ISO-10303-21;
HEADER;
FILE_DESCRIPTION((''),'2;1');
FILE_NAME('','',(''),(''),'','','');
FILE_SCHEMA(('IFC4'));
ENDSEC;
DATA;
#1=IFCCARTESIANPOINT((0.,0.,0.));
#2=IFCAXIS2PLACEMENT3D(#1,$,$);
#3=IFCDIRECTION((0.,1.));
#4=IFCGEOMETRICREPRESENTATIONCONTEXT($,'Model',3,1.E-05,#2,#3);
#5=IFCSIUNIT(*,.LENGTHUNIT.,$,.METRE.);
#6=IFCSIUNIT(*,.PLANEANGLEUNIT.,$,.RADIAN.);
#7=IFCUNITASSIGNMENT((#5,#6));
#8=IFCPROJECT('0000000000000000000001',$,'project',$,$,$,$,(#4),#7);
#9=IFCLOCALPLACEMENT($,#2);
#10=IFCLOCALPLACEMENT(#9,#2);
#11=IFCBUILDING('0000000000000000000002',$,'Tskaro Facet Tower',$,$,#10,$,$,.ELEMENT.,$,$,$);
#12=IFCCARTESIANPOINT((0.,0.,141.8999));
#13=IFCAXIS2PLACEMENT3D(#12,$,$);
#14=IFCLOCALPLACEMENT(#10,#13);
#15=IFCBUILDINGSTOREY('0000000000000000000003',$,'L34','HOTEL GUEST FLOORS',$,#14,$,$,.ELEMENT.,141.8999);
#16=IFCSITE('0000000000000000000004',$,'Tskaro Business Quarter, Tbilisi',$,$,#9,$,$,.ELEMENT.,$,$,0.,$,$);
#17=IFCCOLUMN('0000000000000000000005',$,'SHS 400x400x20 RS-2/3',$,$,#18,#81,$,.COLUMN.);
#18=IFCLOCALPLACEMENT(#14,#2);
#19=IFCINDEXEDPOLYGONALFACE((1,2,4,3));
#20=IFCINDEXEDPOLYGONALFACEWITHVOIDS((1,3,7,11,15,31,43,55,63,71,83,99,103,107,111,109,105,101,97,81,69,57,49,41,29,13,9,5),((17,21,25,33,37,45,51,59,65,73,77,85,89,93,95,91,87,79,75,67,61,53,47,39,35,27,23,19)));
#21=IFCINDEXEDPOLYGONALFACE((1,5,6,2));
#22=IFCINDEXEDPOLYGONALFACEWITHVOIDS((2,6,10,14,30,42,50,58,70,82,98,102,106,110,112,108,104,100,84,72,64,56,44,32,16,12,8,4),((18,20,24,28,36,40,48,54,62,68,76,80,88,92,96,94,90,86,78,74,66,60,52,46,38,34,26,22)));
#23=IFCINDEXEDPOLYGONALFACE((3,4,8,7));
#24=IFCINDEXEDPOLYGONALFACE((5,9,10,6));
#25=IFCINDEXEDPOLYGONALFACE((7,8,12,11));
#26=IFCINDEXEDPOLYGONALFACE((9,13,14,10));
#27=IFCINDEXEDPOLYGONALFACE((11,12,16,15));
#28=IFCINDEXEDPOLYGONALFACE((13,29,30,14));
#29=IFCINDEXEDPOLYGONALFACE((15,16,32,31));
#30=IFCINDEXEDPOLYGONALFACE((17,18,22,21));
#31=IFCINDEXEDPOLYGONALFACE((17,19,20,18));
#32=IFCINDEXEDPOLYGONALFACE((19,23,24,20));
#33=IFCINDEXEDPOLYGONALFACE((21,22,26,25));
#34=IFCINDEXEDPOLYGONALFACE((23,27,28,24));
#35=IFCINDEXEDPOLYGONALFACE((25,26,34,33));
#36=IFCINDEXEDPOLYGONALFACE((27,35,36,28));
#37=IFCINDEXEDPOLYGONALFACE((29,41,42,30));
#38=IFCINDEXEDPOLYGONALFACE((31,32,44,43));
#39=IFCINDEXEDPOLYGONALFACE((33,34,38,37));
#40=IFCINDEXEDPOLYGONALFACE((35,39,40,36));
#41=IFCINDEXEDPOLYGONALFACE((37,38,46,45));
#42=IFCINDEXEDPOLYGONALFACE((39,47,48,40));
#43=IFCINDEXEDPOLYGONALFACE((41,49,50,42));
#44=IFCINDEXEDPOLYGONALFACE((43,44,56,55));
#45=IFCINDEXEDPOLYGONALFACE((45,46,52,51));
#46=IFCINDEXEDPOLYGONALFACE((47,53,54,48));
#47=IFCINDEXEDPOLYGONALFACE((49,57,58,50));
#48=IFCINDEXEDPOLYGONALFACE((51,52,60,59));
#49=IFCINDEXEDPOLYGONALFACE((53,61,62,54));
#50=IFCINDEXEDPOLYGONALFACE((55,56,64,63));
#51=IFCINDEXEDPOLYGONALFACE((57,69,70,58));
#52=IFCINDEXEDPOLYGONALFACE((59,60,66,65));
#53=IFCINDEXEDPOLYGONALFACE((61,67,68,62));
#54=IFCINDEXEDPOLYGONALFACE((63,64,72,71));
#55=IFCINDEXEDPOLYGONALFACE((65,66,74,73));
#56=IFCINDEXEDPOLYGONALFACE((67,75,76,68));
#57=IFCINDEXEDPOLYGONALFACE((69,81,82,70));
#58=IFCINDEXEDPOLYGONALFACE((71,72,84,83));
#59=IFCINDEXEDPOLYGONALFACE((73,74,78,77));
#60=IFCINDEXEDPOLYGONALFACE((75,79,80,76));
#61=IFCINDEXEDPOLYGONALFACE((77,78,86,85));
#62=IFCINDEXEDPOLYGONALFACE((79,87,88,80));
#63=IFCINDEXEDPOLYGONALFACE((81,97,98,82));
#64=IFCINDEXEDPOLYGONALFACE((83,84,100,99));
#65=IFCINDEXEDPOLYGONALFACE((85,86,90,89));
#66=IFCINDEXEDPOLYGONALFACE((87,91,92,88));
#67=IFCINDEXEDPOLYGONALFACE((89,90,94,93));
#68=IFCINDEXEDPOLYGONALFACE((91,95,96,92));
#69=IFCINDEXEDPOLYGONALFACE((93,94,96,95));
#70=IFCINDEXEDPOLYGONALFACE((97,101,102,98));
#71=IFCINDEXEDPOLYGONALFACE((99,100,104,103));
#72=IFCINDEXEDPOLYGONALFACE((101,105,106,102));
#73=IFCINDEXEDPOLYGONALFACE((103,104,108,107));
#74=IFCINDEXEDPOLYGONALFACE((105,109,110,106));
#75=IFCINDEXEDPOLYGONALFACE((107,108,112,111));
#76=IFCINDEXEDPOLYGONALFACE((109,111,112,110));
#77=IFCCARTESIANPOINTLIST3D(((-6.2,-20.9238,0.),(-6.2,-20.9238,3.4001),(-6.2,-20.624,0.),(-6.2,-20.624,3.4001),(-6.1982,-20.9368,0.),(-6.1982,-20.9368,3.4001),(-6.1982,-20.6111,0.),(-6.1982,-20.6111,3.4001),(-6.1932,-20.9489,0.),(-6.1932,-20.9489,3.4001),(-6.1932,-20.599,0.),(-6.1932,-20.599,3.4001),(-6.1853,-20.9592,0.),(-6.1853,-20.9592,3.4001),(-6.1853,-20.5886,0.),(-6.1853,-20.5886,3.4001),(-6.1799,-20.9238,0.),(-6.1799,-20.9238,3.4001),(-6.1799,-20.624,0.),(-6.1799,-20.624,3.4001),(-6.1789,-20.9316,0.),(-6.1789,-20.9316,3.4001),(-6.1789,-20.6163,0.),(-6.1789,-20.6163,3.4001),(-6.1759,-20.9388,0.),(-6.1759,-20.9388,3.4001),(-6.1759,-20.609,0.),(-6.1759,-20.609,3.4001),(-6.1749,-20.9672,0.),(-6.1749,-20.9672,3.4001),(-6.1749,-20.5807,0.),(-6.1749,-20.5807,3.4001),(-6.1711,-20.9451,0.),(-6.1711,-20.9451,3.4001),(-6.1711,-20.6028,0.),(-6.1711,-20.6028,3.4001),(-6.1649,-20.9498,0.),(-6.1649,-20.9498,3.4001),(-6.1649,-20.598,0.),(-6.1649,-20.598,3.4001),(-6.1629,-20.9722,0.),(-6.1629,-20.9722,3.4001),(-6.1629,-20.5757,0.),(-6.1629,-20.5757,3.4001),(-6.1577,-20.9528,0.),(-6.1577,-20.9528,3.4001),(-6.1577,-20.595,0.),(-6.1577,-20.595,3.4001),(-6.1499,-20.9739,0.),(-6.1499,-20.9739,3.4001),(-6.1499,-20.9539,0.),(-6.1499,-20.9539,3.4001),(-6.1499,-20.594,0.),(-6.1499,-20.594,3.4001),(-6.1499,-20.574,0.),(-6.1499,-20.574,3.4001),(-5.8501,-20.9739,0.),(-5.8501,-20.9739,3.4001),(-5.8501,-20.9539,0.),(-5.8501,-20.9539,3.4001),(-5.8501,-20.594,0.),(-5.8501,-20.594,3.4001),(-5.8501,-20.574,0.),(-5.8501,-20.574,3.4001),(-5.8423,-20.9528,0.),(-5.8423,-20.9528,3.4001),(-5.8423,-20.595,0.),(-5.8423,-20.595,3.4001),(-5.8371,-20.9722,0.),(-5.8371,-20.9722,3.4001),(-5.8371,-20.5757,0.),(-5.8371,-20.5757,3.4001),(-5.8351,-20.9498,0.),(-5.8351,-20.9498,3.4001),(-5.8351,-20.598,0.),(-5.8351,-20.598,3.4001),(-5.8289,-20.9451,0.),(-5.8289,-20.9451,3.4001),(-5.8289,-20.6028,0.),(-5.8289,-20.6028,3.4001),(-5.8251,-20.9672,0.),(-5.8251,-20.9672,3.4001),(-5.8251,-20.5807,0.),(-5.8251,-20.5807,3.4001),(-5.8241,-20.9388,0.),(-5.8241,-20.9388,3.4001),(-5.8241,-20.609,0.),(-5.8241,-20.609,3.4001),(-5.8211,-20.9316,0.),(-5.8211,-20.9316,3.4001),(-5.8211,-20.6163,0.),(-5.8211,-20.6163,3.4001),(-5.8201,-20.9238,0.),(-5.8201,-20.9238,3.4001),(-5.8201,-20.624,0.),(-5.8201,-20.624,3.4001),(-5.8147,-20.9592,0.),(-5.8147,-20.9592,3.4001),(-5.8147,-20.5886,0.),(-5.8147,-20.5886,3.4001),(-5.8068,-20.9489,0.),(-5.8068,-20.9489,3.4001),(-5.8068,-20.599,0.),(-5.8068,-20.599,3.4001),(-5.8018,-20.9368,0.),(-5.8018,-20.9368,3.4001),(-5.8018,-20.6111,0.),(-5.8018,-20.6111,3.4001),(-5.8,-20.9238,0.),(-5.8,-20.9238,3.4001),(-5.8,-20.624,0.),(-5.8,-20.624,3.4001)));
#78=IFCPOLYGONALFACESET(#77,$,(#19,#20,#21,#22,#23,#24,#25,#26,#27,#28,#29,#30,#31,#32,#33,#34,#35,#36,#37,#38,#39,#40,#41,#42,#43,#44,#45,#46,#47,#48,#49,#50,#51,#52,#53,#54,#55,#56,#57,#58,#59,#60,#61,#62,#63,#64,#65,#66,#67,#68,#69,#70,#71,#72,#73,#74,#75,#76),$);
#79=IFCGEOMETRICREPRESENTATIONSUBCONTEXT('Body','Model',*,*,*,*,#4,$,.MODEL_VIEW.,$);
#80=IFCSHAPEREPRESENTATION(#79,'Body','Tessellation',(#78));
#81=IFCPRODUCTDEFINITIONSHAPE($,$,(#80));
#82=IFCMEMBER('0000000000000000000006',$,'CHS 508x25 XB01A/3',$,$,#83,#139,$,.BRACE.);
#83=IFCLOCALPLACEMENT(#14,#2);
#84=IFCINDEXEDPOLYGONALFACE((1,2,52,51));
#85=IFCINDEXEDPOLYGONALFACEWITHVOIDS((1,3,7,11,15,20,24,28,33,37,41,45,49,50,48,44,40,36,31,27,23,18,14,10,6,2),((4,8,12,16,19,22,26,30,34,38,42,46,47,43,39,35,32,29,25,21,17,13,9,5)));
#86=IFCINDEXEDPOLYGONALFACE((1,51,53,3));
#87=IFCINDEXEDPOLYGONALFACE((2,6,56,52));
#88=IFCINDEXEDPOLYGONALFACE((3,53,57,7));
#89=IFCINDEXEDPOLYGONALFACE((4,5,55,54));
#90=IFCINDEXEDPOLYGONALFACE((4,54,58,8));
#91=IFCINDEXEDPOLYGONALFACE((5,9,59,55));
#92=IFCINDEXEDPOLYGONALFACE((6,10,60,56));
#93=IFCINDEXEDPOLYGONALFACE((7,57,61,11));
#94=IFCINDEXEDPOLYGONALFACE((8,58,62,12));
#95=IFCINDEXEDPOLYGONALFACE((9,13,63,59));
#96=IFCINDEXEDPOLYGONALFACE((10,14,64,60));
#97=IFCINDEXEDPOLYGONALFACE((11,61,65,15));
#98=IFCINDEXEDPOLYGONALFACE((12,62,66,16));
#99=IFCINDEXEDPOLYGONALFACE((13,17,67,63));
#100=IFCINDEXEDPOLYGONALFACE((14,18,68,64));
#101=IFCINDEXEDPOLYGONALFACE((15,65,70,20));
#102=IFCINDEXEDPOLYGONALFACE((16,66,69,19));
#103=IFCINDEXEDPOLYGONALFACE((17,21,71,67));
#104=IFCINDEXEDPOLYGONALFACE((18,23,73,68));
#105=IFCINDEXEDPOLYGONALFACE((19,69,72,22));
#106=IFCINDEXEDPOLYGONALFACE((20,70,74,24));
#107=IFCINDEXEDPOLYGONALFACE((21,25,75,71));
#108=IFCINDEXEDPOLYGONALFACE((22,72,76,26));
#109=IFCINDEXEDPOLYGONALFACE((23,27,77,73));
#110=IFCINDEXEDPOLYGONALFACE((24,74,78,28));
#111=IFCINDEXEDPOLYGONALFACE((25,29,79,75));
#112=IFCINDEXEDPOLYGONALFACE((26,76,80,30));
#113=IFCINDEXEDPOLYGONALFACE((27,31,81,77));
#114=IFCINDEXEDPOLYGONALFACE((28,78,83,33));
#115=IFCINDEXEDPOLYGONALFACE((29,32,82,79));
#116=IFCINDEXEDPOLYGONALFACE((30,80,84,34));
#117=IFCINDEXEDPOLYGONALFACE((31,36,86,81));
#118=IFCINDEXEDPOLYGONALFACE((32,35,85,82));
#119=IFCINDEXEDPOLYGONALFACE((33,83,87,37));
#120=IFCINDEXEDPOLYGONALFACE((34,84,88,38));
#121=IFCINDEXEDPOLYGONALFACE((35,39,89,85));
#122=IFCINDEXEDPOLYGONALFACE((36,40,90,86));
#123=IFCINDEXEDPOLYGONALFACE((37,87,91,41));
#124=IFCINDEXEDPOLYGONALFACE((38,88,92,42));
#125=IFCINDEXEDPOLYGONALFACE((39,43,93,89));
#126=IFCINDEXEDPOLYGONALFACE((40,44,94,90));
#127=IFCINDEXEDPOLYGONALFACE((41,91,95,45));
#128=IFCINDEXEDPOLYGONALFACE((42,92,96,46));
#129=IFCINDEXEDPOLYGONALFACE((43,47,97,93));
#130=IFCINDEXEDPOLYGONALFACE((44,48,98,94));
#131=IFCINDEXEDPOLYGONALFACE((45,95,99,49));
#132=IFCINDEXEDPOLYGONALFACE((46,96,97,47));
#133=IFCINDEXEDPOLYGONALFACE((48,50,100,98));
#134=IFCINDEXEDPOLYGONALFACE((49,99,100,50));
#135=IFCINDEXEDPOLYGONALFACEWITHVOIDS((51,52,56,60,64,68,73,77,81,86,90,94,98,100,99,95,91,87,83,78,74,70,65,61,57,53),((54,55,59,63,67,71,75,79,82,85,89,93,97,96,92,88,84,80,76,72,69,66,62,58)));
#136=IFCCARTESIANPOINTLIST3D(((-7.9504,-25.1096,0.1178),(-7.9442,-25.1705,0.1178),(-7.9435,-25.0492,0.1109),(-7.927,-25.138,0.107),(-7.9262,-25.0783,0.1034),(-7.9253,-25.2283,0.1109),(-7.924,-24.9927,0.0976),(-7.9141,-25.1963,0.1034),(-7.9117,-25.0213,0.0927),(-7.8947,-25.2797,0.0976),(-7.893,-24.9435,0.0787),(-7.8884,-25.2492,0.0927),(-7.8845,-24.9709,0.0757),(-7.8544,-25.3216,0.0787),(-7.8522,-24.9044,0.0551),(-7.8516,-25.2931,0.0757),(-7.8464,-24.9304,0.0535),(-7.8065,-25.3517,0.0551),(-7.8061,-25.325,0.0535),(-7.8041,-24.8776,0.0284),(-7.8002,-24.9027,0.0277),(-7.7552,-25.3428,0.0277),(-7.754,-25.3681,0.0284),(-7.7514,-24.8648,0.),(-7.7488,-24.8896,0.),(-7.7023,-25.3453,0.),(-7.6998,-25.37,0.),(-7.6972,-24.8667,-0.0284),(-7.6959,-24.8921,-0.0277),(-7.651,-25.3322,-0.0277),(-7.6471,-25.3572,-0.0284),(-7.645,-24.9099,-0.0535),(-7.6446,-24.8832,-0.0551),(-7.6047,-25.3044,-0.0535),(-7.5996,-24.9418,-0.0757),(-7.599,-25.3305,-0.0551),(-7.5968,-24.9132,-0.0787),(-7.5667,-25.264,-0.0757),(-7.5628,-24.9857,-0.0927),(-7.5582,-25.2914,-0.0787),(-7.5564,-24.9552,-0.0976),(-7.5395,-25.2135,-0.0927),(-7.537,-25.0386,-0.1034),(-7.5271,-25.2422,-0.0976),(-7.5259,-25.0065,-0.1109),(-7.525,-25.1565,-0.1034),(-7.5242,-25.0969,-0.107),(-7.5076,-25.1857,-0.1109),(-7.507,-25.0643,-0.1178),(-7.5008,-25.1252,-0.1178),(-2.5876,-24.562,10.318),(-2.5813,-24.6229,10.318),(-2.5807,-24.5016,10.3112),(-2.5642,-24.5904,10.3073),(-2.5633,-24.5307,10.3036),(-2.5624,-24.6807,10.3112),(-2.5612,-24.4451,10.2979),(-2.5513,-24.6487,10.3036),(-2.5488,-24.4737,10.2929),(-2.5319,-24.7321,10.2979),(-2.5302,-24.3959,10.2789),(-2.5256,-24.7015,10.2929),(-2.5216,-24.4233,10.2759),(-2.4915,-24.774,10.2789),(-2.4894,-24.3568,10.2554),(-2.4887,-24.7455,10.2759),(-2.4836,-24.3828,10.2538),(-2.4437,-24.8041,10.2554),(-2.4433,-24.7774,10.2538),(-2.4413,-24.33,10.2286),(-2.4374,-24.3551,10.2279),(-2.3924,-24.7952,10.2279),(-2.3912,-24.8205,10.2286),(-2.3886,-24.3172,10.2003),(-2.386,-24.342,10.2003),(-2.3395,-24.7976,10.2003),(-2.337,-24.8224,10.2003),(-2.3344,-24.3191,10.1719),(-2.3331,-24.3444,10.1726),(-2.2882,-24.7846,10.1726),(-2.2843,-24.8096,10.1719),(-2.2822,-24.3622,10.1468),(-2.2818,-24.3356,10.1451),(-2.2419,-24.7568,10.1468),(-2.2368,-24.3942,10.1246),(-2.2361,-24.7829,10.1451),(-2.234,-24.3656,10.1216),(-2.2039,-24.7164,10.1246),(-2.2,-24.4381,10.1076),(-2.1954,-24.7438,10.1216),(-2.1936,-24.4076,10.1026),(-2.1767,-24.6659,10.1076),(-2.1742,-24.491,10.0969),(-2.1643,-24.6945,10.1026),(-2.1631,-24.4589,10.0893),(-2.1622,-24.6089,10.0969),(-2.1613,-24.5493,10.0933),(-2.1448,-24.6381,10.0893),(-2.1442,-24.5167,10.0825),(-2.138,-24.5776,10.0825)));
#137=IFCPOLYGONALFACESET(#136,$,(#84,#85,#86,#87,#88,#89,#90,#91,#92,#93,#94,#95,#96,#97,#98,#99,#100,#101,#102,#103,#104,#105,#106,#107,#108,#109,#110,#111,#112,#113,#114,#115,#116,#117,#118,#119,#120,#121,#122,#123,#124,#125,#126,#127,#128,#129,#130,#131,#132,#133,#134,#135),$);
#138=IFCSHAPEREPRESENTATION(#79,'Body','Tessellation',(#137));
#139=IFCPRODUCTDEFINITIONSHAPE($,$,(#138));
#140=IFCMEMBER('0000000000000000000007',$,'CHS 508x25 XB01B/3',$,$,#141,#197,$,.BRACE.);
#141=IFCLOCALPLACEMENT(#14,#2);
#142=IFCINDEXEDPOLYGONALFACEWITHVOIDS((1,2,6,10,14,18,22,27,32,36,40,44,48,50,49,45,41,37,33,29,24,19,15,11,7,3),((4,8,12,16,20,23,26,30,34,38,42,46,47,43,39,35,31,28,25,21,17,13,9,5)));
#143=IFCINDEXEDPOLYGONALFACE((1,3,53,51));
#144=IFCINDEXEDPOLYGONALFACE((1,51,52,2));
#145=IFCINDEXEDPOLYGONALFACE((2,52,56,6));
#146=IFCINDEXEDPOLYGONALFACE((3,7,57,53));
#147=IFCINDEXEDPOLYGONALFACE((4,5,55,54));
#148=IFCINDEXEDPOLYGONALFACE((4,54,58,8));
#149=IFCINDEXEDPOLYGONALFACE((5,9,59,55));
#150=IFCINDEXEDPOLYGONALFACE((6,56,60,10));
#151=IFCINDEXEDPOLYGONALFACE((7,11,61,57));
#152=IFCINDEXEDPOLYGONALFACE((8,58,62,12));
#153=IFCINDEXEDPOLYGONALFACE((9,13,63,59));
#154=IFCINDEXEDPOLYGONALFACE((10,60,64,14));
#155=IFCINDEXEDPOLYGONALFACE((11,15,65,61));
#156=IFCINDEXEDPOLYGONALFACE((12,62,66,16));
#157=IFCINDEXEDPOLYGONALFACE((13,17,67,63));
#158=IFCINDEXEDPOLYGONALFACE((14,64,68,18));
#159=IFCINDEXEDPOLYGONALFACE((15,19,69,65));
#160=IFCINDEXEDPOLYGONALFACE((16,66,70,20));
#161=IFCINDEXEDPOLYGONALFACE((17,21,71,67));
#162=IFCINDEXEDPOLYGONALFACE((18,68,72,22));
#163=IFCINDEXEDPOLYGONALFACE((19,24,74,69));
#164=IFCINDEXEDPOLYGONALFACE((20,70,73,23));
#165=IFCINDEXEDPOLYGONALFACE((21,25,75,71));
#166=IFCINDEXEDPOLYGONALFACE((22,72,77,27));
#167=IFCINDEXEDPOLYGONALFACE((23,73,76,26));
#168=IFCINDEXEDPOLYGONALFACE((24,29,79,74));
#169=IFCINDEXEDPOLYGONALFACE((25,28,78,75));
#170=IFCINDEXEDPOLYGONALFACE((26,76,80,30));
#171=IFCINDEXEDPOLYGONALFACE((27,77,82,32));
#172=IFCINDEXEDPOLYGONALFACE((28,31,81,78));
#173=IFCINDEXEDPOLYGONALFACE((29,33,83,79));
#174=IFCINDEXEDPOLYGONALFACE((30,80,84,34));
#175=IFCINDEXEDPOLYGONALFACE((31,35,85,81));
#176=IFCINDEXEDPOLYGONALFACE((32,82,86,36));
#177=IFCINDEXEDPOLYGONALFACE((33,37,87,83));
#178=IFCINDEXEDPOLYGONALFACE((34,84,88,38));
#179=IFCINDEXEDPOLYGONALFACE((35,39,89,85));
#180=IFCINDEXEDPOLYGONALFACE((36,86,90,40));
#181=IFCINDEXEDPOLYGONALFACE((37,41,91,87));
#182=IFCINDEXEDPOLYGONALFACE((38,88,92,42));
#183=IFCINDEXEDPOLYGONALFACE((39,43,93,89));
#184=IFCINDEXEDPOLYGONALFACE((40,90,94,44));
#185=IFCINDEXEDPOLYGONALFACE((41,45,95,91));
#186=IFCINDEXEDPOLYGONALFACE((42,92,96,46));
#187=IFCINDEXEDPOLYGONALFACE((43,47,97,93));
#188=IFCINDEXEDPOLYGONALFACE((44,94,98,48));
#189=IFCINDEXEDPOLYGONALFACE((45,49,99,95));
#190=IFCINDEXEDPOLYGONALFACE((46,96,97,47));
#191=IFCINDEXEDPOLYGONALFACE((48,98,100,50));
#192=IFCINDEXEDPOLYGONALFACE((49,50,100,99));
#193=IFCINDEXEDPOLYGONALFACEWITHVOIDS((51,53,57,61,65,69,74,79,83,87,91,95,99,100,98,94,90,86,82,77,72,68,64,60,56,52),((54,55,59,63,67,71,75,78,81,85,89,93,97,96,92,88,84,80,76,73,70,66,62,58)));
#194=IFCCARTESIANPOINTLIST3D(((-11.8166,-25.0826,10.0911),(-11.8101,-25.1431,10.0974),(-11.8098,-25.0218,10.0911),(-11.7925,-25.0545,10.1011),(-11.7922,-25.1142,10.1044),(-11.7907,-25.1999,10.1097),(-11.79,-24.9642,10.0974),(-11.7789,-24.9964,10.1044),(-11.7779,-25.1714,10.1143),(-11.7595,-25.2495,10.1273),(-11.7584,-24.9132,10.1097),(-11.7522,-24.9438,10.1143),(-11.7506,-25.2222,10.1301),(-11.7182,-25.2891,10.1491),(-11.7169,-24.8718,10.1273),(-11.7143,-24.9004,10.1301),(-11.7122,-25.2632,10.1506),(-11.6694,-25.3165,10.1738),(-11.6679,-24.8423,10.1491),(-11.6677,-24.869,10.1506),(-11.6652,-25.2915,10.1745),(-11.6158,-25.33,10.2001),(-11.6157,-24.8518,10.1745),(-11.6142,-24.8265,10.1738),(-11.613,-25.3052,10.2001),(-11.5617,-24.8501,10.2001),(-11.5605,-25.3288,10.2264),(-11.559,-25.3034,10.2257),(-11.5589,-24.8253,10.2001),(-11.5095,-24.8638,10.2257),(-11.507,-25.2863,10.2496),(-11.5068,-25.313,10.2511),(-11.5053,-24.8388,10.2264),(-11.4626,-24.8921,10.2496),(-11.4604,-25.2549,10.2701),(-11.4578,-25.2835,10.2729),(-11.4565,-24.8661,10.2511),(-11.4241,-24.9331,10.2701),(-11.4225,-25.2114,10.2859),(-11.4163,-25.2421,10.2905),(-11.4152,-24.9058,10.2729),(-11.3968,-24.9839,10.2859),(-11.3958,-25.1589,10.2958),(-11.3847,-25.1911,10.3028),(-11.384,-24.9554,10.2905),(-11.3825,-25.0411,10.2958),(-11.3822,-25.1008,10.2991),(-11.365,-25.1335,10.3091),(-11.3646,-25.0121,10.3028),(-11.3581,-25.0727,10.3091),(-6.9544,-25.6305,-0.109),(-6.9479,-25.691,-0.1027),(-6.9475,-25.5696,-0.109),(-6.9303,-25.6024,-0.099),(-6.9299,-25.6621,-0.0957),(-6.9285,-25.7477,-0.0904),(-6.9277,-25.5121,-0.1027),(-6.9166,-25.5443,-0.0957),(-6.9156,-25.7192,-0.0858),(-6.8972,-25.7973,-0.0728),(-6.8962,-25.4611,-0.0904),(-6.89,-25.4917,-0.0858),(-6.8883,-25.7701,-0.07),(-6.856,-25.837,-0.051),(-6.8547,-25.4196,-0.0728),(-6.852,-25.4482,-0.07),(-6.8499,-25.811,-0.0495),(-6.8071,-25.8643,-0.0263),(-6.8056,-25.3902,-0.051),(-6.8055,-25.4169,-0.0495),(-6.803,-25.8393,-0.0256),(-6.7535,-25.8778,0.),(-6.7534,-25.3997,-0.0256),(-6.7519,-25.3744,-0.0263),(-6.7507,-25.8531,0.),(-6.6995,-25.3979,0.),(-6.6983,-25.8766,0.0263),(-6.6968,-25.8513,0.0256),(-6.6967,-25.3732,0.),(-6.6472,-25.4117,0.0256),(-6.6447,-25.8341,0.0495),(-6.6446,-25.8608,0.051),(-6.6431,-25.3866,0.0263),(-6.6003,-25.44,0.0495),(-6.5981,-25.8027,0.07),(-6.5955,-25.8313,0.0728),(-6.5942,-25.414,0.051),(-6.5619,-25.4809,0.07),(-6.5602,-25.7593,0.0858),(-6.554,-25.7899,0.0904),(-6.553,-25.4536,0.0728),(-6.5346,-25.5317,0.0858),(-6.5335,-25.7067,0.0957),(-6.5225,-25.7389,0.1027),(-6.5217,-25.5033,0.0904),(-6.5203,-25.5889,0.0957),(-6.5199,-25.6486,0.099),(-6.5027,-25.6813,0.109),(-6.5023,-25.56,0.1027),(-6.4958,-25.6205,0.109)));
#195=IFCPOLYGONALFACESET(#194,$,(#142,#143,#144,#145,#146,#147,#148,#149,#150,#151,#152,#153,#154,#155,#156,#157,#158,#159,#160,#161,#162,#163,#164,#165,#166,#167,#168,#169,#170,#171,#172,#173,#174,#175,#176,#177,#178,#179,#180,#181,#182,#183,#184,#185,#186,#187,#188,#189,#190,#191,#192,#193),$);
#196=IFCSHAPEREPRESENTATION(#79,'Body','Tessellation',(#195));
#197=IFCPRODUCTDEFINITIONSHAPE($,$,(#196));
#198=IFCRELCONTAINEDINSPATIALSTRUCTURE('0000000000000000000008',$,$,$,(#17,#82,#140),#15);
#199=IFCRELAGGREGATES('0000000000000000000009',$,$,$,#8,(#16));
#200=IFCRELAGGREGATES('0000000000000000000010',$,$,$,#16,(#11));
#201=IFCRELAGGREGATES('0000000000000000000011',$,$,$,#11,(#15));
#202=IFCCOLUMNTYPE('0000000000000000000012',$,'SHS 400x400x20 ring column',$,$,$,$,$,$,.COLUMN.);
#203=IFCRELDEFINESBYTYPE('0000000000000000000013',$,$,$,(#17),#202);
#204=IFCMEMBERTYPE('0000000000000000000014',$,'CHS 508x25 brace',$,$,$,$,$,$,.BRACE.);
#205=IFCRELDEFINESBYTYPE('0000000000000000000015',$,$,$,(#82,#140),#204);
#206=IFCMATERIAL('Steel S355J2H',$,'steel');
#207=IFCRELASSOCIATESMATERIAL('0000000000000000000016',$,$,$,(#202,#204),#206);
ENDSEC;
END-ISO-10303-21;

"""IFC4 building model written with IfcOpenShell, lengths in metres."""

from ifc_helpers import new_model, si_unit, direction, frame, origin, origin_2d, place, context, subcontext, project, spatial, hollow_rectangle, hollow_circle, extrude, material, material_profile, profile_set, type_object, element, save


model = new_model("IFC4")

# Units and contexts
model_context = context("Model", 3, precision=1e-05, world=origin(), true_north=direction((0.0, 1.0)))
body_context = subcontext(model_context, "Body", "Model", "MODEL_VIEW")
ifc_project = project(units=[si_unit("LENGTHUNIT", "METRE"), si_unit("PLANEANGLEUNIT", "RADIAN")], contexts=[model_context])

# Site, building, storey
site_placement = place(None, origin())
site = spatial("IfcSite", under=ifc_project, at=site_placement, Name="Tskaro Business Quarter, Tbilisi", CompositionType="ELEMENT", RefElevation=0.0)
building_placement = place(site_placement, origin())
building = spatial("IfcBuilding", under=site, at=building_placement, Name="Tskaro Facet Tower", CompositionType="ELEMENT")
storey_placement = place(building_placement, frame((0.0, 0.0, 141.8999)))
storey = spatial("IfcBuildingStorey", under=building, at=storey_placement, Name="L34", Description="HOTEL GUEST FLOORS", CompositionType="ELEMENT", Elevation=141.8999)

# Column
ifc_material_1 = material(Name="Steel S355J2H", Category="steel")
ifc_material_profile_1 = material_profile(ifc_material_1, hollow_rectangle(XDim=0.3999, YDim=0.3999, WallThickness=0.02, InnerFilletRadius=0.03, OuterFilletRadius=0.05, at=origin_2d()), Name="SHS 400x400x20")
ifc_profile_set_1 = profile_set([ifc_material_profile_1], Name="Steel S355J2H")
column_type = type_object("IfcColumnType", Name="SHS 400x400x20 ring column", PredefinedType="COLUMN", material=ifc_profile_set_1)
column_placement = place(storey_placement, frame((-6.0, -20.7739, 0.0), z_axis=(0.0, 0.0, 1.0), x_axis=(1.0, 0.0, 0.0)))
element("IfcColumn", 1, at=column_placement, inside=storey, type_object=column_type, Name="SHS 400x400x20 RS-2/3", PredefinedType="COLUMN", context=body_context, shape_type="SweptSolid", body=[
    extrude(hollow_rectangle(XDim=0.3999, YDim=0.3999, WallThickness=0.02, InnerFilletRadius=0.03, OuterFilletRadius=0.05, at=origin_2d()), origin(), (0.0, 0.0, 1.0), 3.4001),
])

# Members
ifc_material_profile_2 = material_profile(ifc_material_1, hollow_circle(Radius=0.2539, WallThickness=0.0249, at=origin_2d()), Name="CHS 508x25")
ifc_profile_set_2 = profile_set([ifc_material_profile_2], Name="Steel S355J2H")
member_type_1 = type_object("IfcMemberType", Name="CHS 508x25 brace", PredefinedType="BRACE", material=ifc_profile_set_2)
member_1_placement = place(storey_placement, frame((-7.7256, -25.1174, 0.0), z_axis=(0.464832, 0.047465, 0.884125), x_axis=(-0.101584, 0.994827, 0.0)))
element("IfcMember", 2, at=member_1_placement, inside=storey, type_object=member_type_1, Name="CHS 508x25 XB01A/3", PredefinedType="BRACE", context=body_context, shape_type="SweptSolid", body=[
    extrude(hollow_circle(Radius=0.2539, WallThickness=0.0249, at=origin_2d()), origin(), (0.0, 0.0, 1.0), 11.5371),
])
member_2_placement = place(storey_placement, frame((-6.7251, -25.6255, 0.0), z_axis=(-0.429794, 0.048426, 0.901627), x_axis=(-0.111965, -0.993712, 0.0)))
element("IfcMember", 3, at=member_2_placement, inside=storey, type_object=member_type_1, Name="CHS 508x25 XB01B/3", PredefinedType="BRACE", context=body_context, shape_type="SweptSolid", body=[
    extrude(hollow_circle(Radius=0.2539, WallThickness=0.0249, at=origin_2d()), origin(), (0.0, 0.0, 1.0), 11.313),
])

save(model, "model.ifc")
